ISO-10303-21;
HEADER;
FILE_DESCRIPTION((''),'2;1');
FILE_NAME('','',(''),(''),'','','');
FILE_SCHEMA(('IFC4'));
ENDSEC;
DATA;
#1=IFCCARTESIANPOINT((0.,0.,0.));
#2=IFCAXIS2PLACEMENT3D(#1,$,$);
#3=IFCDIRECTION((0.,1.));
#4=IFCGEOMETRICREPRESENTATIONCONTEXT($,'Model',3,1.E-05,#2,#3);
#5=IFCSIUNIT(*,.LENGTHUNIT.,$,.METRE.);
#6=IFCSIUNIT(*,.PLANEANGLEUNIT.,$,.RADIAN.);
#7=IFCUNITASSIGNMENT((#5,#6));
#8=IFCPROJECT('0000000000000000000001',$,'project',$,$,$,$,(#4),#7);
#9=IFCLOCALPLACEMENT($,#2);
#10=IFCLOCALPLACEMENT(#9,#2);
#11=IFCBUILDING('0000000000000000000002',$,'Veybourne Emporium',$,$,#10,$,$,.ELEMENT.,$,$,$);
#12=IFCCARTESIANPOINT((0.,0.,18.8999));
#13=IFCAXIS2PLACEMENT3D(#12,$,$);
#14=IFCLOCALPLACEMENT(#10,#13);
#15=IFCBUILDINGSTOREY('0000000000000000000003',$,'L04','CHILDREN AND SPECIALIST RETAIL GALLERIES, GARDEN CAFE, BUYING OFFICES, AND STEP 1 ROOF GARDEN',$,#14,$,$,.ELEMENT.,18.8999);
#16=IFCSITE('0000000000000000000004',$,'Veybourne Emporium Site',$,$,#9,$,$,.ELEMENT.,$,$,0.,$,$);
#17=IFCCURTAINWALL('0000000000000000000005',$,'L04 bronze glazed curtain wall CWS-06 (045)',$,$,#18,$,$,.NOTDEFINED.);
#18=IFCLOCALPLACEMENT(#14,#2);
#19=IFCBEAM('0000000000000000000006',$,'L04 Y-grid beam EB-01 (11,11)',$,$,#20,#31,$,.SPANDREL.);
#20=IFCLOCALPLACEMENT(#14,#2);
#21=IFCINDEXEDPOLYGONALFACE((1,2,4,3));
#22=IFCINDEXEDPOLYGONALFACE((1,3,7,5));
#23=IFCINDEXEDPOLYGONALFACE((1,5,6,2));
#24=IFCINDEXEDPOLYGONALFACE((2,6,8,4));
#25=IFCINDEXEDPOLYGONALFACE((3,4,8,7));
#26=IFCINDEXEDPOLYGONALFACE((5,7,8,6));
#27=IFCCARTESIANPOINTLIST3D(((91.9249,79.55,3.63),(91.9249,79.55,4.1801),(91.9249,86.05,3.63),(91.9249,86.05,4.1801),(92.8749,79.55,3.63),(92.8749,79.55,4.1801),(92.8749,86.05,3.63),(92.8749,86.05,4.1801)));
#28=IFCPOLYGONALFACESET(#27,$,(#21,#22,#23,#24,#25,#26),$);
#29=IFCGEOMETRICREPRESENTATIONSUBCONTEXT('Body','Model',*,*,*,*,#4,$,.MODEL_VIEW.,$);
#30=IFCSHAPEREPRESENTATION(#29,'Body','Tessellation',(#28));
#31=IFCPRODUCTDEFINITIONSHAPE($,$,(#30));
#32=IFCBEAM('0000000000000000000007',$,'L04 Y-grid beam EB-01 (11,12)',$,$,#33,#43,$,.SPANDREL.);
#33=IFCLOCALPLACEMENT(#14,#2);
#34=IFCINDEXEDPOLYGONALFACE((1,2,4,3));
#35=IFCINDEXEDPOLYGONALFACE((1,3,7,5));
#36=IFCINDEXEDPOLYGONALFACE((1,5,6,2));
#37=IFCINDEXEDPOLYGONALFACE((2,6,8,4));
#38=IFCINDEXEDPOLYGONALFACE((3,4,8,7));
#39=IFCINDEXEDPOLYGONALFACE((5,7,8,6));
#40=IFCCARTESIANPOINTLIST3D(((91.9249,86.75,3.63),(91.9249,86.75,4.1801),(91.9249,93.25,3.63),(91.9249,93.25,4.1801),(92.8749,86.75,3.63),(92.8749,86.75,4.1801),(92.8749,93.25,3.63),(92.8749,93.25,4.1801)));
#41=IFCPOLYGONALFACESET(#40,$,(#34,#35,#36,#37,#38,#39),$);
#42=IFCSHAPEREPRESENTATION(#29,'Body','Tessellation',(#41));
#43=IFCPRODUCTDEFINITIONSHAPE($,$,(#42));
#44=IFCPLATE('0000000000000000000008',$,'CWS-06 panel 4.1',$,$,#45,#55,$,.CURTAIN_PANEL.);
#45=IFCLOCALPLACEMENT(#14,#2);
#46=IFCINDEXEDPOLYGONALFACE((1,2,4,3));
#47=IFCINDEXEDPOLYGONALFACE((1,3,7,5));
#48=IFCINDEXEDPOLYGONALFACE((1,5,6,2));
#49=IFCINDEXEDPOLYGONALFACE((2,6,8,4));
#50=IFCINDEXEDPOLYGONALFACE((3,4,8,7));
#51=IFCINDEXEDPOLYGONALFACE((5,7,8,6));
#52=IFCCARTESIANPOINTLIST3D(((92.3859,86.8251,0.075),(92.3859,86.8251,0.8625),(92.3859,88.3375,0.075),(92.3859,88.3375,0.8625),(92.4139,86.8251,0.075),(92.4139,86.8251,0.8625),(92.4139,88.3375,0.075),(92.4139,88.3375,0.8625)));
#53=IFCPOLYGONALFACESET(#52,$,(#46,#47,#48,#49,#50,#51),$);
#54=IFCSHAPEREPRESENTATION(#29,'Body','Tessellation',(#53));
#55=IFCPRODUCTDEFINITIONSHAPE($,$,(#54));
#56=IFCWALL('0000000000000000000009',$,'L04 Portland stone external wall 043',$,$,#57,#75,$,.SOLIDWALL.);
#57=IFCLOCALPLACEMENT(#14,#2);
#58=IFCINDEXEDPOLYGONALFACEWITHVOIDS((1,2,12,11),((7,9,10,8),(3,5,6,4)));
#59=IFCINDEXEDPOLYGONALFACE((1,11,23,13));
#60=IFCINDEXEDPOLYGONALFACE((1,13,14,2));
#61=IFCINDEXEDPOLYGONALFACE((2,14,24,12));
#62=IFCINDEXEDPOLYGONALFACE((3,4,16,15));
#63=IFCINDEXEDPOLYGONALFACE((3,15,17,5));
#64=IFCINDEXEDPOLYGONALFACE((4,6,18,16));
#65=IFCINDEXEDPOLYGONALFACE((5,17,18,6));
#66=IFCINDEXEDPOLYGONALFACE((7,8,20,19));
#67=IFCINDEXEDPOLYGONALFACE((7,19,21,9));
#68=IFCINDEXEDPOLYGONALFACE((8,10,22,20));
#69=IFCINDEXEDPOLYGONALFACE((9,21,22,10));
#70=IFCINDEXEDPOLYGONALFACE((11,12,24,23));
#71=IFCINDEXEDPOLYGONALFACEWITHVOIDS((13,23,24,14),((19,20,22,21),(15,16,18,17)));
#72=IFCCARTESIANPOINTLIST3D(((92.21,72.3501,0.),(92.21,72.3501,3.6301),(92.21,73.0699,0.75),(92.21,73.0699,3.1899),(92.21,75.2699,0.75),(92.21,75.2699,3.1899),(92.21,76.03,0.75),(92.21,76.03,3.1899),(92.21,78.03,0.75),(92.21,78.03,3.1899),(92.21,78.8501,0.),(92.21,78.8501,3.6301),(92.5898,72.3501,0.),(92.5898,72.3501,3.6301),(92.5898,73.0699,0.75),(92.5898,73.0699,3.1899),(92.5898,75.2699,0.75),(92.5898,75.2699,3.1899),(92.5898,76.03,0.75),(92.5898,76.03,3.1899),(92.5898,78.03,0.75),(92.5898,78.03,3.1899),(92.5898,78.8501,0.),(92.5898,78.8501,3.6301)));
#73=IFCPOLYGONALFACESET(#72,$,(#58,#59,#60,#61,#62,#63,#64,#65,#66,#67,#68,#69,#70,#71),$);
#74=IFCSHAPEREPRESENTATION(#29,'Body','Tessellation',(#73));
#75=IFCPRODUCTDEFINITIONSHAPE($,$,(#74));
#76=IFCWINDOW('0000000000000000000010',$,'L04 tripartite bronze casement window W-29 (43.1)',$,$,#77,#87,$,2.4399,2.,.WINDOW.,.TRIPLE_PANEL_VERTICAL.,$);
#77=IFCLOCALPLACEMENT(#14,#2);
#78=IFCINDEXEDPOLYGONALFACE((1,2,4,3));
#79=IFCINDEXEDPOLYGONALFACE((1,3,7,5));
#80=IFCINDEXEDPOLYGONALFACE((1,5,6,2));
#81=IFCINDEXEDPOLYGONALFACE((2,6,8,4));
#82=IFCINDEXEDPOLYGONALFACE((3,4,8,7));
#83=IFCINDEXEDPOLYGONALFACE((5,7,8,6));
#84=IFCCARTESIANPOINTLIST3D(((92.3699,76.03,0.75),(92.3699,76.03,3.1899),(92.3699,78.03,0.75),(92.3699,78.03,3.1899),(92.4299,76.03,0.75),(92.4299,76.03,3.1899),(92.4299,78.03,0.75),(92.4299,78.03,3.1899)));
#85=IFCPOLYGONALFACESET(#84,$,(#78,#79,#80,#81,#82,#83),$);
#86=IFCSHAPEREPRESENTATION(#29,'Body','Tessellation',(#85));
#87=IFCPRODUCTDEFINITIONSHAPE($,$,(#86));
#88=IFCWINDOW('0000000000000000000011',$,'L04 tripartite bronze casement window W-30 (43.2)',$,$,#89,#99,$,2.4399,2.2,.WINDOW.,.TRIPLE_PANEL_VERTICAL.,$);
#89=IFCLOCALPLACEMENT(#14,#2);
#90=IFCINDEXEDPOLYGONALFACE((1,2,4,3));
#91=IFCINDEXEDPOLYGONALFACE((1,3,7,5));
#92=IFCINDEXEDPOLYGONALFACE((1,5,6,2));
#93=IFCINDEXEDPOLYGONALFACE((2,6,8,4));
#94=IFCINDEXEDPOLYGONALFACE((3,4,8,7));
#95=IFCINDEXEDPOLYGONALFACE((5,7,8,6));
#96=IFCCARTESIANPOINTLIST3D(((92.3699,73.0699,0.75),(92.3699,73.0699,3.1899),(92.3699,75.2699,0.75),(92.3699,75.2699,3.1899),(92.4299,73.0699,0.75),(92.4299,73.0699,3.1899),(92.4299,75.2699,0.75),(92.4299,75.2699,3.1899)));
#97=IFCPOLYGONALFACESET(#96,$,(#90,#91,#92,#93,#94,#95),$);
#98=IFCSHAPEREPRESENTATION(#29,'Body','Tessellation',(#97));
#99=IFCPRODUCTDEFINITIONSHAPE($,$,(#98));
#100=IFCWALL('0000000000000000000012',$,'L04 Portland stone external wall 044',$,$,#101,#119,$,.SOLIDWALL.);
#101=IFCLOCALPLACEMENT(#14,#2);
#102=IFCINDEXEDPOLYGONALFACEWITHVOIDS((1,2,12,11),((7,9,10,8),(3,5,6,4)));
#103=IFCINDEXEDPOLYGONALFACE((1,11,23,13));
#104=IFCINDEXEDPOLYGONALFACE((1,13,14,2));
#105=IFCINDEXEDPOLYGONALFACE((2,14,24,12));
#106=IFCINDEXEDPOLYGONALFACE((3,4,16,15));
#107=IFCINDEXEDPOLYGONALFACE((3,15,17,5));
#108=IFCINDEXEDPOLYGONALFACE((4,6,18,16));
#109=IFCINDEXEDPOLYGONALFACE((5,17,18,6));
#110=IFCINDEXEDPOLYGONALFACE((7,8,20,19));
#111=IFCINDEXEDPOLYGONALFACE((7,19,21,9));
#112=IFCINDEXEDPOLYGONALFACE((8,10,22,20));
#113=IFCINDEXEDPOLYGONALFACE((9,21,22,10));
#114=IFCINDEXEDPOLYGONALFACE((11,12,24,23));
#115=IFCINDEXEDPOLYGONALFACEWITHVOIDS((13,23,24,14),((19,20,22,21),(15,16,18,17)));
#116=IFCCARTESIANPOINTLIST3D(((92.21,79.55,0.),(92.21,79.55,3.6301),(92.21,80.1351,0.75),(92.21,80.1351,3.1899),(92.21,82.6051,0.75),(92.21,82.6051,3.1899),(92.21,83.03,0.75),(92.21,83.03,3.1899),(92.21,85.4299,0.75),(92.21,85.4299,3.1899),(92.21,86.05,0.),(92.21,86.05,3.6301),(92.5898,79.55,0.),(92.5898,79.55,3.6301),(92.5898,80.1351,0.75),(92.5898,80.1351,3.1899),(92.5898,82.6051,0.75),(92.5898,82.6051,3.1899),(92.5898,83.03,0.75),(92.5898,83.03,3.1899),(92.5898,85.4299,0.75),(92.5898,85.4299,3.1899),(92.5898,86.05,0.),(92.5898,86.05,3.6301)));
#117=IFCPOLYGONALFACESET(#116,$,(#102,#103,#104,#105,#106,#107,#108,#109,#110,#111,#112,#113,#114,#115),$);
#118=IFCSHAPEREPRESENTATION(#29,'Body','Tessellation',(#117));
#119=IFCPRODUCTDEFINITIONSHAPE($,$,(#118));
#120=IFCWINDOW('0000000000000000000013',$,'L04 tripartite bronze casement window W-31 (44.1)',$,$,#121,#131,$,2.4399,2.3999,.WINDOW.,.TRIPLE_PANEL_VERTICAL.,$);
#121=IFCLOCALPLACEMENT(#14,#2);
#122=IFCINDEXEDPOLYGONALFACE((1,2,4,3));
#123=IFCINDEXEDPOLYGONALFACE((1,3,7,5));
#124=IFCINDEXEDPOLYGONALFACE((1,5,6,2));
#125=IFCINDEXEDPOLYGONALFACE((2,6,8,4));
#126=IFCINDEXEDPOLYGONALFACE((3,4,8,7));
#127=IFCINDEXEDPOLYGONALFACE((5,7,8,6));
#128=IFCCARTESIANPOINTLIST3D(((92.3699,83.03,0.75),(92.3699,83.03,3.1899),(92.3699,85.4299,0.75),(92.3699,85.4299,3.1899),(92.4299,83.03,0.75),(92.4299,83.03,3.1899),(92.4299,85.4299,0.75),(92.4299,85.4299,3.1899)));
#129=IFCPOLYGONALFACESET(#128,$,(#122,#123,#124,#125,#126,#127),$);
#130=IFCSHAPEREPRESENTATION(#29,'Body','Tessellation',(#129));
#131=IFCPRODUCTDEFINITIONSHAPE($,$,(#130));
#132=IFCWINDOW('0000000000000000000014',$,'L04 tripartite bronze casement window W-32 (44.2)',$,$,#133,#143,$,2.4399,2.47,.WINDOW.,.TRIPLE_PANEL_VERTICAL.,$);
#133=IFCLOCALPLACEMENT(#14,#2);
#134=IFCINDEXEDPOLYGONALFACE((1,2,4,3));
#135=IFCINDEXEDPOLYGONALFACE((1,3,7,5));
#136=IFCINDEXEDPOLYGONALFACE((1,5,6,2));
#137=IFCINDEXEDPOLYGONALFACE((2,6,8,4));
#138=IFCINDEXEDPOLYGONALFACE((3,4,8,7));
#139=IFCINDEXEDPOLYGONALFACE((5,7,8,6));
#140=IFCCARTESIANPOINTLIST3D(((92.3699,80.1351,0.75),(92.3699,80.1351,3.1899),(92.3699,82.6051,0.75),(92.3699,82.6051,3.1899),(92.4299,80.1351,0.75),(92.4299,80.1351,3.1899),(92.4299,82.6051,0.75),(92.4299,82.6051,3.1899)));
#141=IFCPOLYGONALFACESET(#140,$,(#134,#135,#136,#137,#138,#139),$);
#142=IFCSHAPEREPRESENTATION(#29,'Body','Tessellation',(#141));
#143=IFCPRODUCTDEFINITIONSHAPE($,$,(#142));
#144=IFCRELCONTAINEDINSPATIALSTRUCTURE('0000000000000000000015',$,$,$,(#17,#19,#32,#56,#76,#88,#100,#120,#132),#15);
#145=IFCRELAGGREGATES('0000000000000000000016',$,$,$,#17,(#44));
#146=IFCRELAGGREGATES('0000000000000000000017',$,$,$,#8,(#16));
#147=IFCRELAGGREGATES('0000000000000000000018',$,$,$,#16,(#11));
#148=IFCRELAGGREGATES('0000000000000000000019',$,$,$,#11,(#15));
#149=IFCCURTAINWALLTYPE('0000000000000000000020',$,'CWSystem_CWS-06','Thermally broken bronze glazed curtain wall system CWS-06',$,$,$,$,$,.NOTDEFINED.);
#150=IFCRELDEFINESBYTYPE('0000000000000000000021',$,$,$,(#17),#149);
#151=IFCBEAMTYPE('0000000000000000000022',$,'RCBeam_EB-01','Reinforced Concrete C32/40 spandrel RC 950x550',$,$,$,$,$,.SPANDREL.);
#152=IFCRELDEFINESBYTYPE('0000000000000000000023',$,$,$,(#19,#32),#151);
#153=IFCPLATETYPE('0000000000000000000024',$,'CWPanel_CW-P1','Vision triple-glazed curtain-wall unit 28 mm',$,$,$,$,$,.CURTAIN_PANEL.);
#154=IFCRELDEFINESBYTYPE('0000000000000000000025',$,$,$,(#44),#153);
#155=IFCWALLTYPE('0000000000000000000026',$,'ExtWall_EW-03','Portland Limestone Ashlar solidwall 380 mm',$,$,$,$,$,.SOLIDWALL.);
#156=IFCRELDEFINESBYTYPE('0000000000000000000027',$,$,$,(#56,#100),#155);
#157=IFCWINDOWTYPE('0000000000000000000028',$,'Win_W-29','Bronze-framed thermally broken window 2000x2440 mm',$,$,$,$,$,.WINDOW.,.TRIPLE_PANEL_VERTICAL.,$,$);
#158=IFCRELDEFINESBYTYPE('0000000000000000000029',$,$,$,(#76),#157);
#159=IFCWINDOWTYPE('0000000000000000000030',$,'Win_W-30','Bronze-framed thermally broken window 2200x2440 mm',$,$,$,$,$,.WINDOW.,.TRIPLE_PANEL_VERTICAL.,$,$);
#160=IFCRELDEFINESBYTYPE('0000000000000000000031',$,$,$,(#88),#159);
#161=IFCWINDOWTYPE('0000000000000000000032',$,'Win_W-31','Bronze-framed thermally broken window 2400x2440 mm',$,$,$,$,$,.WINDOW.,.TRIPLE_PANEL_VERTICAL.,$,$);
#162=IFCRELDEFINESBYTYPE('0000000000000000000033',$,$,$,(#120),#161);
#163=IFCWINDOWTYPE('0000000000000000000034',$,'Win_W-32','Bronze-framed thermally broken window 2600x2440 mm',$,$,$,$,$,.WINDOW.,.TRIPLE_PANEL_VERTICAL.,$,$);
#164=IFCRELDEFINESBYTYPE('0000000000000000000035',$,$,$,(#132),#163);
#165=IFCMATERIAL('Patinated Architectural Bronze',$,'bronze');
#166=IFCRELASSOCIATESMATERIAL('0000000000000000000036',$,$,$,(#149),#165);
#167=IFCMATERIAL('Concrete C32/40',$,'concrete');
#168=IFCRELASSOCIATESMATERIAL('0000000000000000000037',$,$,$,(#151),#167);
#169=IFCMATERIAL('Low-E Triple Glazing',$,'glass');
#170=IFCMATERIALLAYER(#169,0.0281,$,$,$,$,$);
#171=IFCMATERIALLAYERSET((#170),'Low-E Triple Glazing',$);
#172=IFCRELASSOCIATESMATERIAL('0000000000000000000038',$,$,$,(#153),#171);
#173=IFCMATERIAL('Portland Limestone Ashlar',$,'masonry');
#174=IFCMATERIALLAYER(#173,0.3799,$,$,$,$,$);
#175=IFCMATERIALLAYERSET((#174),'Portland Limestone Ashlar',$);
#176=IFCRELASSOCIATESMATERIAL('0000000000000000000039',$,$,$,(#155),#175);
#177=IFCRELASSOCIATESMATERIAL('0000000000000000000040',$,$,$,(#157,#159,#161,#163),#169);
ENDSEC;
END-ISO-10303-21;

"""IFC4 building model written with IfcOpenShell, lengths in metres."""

from ifc_helpers import new_model, si_unit, direction, frame, frame_2d, origin, origin_2d, place, context, subcontext, project, spatial, rectangle, extrude, material, layer, layer_set, material_profile, profile_set, type_object, element, fill, aggregate, save


model = new_model("IFC4")

# Units and contexts
model_context = context("Model", 3, precision=1e-05, world=origin(), true_north=direction((0.0, 1.0)))
body_context = subcontext(model_context, "Body", "Model", "MODEL_VIEW")
ifc_project = project(units=[si_unit("LENGTHUNIT", "METRE"), si_unit("PLANEANGLEUNIT", "RADIAN")], contexts=[model_context])

# Site, building, storey
site_placement = place(None, origin())
site = spatial("IfcSite", under=ifc_project, at=site_placement, Name="Veybourne Emporium Site", CompositionType="ELEMENT", RefElevation=0.0)
building_placement = place(site_placement, origin())
building = spatial("IfcBuilding", under=site, at=building_placement, Name="Veybourne Emporium", CompositionType="ELEMENT")
storey_placement = place(building_placement, frame((0.0, 0.0, 18.8999)))
storey = spatial("IfcBuildingStorey", under=building, at=storey_placement, Name="L04", Description="CHILDREN AND SPECIALIST RETAIL GALLERIES, GARDEN CAFE, BUYING OFFICES, AND STEP 1 ROOF GARDEN", CompositionType="ELEMENT", Elevation=18.8999)

# Curtain wall
ifc_material_1 = material(Name="Patinated Architectural Bronze", Category="bronze")
curtain_wall_type = type_object("IfcCurtainWallType", Name="CWSystem_CWS-06", Description="Thermally broken bronze glazed curtain wall system CWS-06", PredefinedType="NOTDEFINED", material=ifc_material_1)
curtain_wall_placement = place(storey_placement, origin())
curtain_wall = element("IfcCurtainWall", 1, at=curtain_wall_placement, inside=storey, type_object=curtain_wall_type, Name="L04 bronze glazed curtain wall CWS-06 (045)", PredefinedType="NOTDEFINED")

# Beams
ifc_material_2 = material(Name="Concrete C32/40", Category="concrete")
ifc_material_profile_1 = material_profile(ifc_material_2, rectangle(XDim=0.95, YDim=0.55, at=origin_2d()), Name="RC 950x550")
ifc_profile_set_1 = profile_set([ifc_material_profile_1], Name="Concrete C32/40")
beam_type_1 = type_object("IfcBeamType", Name="RCBeam_EB-01", Description="Reinforced Concrete C32/40 spandrel RC 950x550", PredefinedType="SPANDREL", material=ifc_profile_set_1)
for number, where, z_axis, x_axis, name in (
    (2, (92.3999, 79.55, 3.905), (0.0, 1.0, 0.0), (-1.0, 0.0, 0.0), "L04 Y-grid beam EB-01 (11,11)"),
    (3, (92.3999, 86.75, 3.905), (0.0, 1.0, 0.0), (-1.0, 0.0, 0.0), "L04 Y-grid beam EB-01 (11,12)"),
):
    element("IfcBeam", number, at=place(storey_placement, frame(where, z_axis=z_axis, x_axis=x_axis)), inside=storey, type_object=beam_type_1, Name=name, PredefinedType="SPANDREL", context=body_context, shape_type="SweptSolid", body=[
        extrude(rectangle(XDim=0.95, YDim=0.55, at=origin_2d()), origin(), (0.0, 0.0, 1.0), 6.5),
    ])

# Plate
ifc_material_3 = material(Name="Low-E Triple Glazing", Category="glass")
ifc_layer_1 = layer(ifc_material_3, 0.0281)
ifc_layer_set_1 = layer_set([ifc_layer_1], Name="Low-E Triple Glazing")
plate_type = type_object("IfcPlateType", Name="CWPanel_CW-P1", Description="Vision triple-glazed curtain-wall unit 28 mm", PredefinedType="CURTAIN_PANEL", material=ifc_layer_set_1)
plate_placement = place(storey_placement, frame((92.3999, 87.5813, 0.075), z_axis=(0.0, 0.0, 1.0), x_axis=(0.0, -1.0, 0.0)))
plate = element("IfcPlate", 4, at=plate_placement, type_object=plate_type, Name="CWS-06 panel 4.1", PredefinedType="CURTAIN_PANEL", context=body_context, shape_type="SweptSolid", body=[
    extrude(rectangle(XDim=1.5125, YDim=0.0281, at=origin_2d()), origin(), (0.0, 0.0, 1.0), 0.7876),
])
aggregate(curtain_wall, [plate])

# Walls, openings, windows
ifc_material_4 = material(Name="Portland Limestone Ashlar", Category="masonry")
ifc_layer_2 = layer(ifc_material_4, 0.3799)
ifc_layer_set_2 = layer_set([ifc_layer_2], Name="Portland Limestone Ashlar")
wall_type_1 = type_object("IfcWallType", Name="ExtWall_EW-03", Description="Portland Limestone Ashlar solidwall 380 mm", PredefinedType="SOLIDWALL", material=ifc_layer_set_2)
wall_1_placement = place(storey_placement, frame((92.3999, 78.8501, 0.0), z_axis=(0.0, 0.0, 1.0), x_axis=(0.0, -1.0, 0.0)))
wall_1 = element("IfcWall", 5, at=wall_1_placement, inside=storey, type_object=wall_type_1, Name="L04 Portland stone external wall 043", PredefinedType="SOLIDWALL", context=body_context, shape_type="SweptSolid", body=[
    extrude(rectangle(XDim=6.5, YDim=0.3799, at=frame_2d((3.25, 0.0))), origin(), (0.0, 0.0, 1.0), 3.6301),
])
opening_1_placement = place(wall_1_placement, frame((0.8201, 0.0, 0.75)))
opening_1 = element("IfcOpeningElement", 6, at=opening_1_placement, cuts=wall_1, PredefinedType="OPENING", context=body_context, shape_type="SweptSolid", body=[
    extrude(rectangle(XDim=2.0, YDim=2.4399, at=frame_2d((1.0, 1.22))), frame((0.0, 0.21, 0.0), z_axis=(0.0, -1.0, 0.0), x_axis=(1.0, 0.0, 0.0)), (0.0, 0.0, 1.0), 0.4199),
])
opening_2_placement = place(wall_1_placement, frame((3.5801, 0.0, 0.75)))
opening_2 = element("IfcOpeningElement", 7, at=opening_2_placement, cuts=wall_1, PredefinedType="OPENING", context=body_context, shape_type="SweptSolid", body=[
    extrude(rectangle(XDim=2.2, YDim=2.4399, at=frame_2d((1.1001, 1.22))), frame((0.0, 0.21, 0.0), z_axis=(0.0, -1.0, 0.0), x_axis=(1.0, 0.0, 0.0)), (0.0, 0.0, 1.0), 0.4199),
])
window_type_1 = type_object("IfcWindowType", Name="Win_W-29", Description="Bronze-framed thermally broken window 2000x2440 mm", PartitioningType="TRIPLE_PANEL_VERTICAL", PredefinedType="WINDOW", material=ifc_material_3)
window_1_placement = place(opening_1_placement, origin())
window_1 = element("IfcWindow", 8, at=window_1_placement, inside=storey, type_object=window_type_1, Name="L04 tripartite bronze casement window W-29 (43.1)", OverallHeight=2.4399, OverallWidth=2.0, PartitioningType="TRIPLE_PANEL_VERTICAL", PredefinedType="WINDOW", context=body_context, shape_type="SweptSolid", body=[
    extrude(rectangle(XDim=2.0, YDim=2.4399, at=frame_2d((1.0, 1.22))), frame((0.0, 0.03, 0.0), z_axis=(0.0, -1.0, 0.0), x_axis=(1.0, 0.0, 0.0)), (0.0, 0.0, 1.0), 0.0601),
])
fill(opening_1, window_1)
window_type_2 = type_object("IfcWindowType", Name="Win_W-30", Description="Bronze-framed thermally broken window 2200x2440 mm", PartitioningType="TRIPLE_PANEL_VERTICAL", PredefinedType="WINDOW", material=ifc_material_3)
window_2_placement = place(opening_2_placement, origin())
window_2 = element("IfcWindow", 9, at=window_2_placement, inside=storey, type_object=window_type_2, Name="L04 tripartite bronze casement window W-30 (43.2)", OverallHeight=2.4399, OverallWidth=2.2, PartitioningType="TRIPLE_PANEL_VERTICAL", PredefinedType="WINDOW", context=body_context, shape_type="SweptSolid", body=[
    extrude(rectangle(XDim=2.2, YDim=2.4399, at=frame_2d((1.1001, 1.22))), frame((0.0, 0.03, 0.0), z_axis=(0.0, -1.0, 0.0), x_axis=(1.0, 0.0, 0.0)), (0.0, 0.0, 1.0), 0.0601),
])
fill(opening_2, window_2)
wall_2_placement = place(storey_placement, frame((92.3999, 86.05, 0.0), z_axis=(0.0, 0.0, 1.0), x_axis=(0.0, -1.0, 0.0)))
wall_2 = element("IfcWall", 10, at=wall_2_placement, inside=storey, type_object=wall_type_1, Name="L04 Portland stone external wall 044", PredefinedType="SOLIDWALL", context=body_context, shape_type="SweptSolid", body=[
    extrude(rectangle(XDim=6.5, YDim=0.3799, at=frame_2d((3.25, 0.0))), origin(), (0.0, 0.0, 1.0), 3.6301),
])
opening_3_placement = place(wall_2_placement, frame((0.6201, 0.0, 0.75)))
opening_3 = element("IfcOpeningElement", 11, at=opening_3_placement, cuts=wall_2, PredefinedType="OPENING", context=body_context, shape_type="SweptSolid", body=[
    extrude(rectangle(XDim=2.3999, YDim=2.4399, at=frame_2d((1.2, 1.22))), frame((0.0, 0.21, 0.0), z_axis=(0.0, -1.0, 0.0), x_axis=(1.0, 0.0, 0.0)), (0.0, 0.0, 1.0), 0.4199),
])
opening_4_placement = place(wall_2_placement, frame((3.4451, 0.0, 0.75)))
opening_4 = element("IfcOpeningElement", 12, at=opening_4_placement, cuts=wall_2, PredefinedType="OPENING", context=body_context, shape_type="SweptSolid", body=[
    extrude(rectangle(XDim=2.47, YDim=2.4399, at=frame_2d((1.2349, 1.22))), frame((0.0, 0.21, 0.0), z_axis=(0.0, -1.0, 0.0), x_axis=(1.0, 0.0, 0.0)), (0.0, 0.0, 1.0), 0.4199),
])
window_type_3 = type_object("IfcWindowType", Name="Win_W-31", Description="Bronze-framed thermally broken window 2400x2440 mm", PartitioningType="TRIPLE_PANEL_VERTICAL", PredefinedType="WINDOW", material=ifc_material_3)
window_3_placement = place(opening_3_placement, origin())
window_3 = element("IfcWindow", 13, at=window_3_placement, inside=storey, type_object=window_type_3, Name="L04 tripartite bronze casement window W-31 (44.1)", OverallHeight=2.4399, OverallWidth=2.3999, PartitioningType="TRIPLE_PANEL_VERTICAL", PredefinedType="WINDOW", context=body_context, shape_type="SweptSolid", body=[
    extrude(rectangle(XDim=2.3999, YDim=2.4399, at=frame_2d((1.2, 1.22))), frame((0.0, 0.03, 0.0), z_axis=(0.0, -1.0, 0.0), x_axis=(1.0, 0.0, 0.0)), (0.0, 0.0, 1.0), 0.0601),
])
fill(opening_3, window_3)
window_type_4 = type_object("IfcWindowType", Name="Win_W-32", Description="Bronze-framed thermally broken window 2600x2440 mm", PartitioningType="TRIPLE_PANEL_VERTICAL", PredefinedType="WINDOW", material=ifc_material_3)
window_4_placement = place(opening_4_placement, origin())
window_4 = element("IfcWindow", 14, at=window_4_placement, inside=storey, type_object=window_type_4, Name="L04 tripartite bronze casement window W-32 (44.2)", OverallHeight=2.4399, OverallWidth=2.47, PartitioningType="TRIPLE_PANEL_VERTICAL", PredefinedType="WINDOW", context=body_context, shape_type="SweptSolid", body=[
    extrude(rectangle(XDim=2.47, YDim=2.4399, at=frame_2d((1.2349, 1.22))), frame((0.0, 0.03, 0.0), z_axis=(0.0, -1.0, 0.0), x_axis=(1.0, 0.0, 0.0)), (0.0, 0.0, 1.0), 0.0601),
])
fill(opening_4, window_4)

save(model, "model.ifc")
